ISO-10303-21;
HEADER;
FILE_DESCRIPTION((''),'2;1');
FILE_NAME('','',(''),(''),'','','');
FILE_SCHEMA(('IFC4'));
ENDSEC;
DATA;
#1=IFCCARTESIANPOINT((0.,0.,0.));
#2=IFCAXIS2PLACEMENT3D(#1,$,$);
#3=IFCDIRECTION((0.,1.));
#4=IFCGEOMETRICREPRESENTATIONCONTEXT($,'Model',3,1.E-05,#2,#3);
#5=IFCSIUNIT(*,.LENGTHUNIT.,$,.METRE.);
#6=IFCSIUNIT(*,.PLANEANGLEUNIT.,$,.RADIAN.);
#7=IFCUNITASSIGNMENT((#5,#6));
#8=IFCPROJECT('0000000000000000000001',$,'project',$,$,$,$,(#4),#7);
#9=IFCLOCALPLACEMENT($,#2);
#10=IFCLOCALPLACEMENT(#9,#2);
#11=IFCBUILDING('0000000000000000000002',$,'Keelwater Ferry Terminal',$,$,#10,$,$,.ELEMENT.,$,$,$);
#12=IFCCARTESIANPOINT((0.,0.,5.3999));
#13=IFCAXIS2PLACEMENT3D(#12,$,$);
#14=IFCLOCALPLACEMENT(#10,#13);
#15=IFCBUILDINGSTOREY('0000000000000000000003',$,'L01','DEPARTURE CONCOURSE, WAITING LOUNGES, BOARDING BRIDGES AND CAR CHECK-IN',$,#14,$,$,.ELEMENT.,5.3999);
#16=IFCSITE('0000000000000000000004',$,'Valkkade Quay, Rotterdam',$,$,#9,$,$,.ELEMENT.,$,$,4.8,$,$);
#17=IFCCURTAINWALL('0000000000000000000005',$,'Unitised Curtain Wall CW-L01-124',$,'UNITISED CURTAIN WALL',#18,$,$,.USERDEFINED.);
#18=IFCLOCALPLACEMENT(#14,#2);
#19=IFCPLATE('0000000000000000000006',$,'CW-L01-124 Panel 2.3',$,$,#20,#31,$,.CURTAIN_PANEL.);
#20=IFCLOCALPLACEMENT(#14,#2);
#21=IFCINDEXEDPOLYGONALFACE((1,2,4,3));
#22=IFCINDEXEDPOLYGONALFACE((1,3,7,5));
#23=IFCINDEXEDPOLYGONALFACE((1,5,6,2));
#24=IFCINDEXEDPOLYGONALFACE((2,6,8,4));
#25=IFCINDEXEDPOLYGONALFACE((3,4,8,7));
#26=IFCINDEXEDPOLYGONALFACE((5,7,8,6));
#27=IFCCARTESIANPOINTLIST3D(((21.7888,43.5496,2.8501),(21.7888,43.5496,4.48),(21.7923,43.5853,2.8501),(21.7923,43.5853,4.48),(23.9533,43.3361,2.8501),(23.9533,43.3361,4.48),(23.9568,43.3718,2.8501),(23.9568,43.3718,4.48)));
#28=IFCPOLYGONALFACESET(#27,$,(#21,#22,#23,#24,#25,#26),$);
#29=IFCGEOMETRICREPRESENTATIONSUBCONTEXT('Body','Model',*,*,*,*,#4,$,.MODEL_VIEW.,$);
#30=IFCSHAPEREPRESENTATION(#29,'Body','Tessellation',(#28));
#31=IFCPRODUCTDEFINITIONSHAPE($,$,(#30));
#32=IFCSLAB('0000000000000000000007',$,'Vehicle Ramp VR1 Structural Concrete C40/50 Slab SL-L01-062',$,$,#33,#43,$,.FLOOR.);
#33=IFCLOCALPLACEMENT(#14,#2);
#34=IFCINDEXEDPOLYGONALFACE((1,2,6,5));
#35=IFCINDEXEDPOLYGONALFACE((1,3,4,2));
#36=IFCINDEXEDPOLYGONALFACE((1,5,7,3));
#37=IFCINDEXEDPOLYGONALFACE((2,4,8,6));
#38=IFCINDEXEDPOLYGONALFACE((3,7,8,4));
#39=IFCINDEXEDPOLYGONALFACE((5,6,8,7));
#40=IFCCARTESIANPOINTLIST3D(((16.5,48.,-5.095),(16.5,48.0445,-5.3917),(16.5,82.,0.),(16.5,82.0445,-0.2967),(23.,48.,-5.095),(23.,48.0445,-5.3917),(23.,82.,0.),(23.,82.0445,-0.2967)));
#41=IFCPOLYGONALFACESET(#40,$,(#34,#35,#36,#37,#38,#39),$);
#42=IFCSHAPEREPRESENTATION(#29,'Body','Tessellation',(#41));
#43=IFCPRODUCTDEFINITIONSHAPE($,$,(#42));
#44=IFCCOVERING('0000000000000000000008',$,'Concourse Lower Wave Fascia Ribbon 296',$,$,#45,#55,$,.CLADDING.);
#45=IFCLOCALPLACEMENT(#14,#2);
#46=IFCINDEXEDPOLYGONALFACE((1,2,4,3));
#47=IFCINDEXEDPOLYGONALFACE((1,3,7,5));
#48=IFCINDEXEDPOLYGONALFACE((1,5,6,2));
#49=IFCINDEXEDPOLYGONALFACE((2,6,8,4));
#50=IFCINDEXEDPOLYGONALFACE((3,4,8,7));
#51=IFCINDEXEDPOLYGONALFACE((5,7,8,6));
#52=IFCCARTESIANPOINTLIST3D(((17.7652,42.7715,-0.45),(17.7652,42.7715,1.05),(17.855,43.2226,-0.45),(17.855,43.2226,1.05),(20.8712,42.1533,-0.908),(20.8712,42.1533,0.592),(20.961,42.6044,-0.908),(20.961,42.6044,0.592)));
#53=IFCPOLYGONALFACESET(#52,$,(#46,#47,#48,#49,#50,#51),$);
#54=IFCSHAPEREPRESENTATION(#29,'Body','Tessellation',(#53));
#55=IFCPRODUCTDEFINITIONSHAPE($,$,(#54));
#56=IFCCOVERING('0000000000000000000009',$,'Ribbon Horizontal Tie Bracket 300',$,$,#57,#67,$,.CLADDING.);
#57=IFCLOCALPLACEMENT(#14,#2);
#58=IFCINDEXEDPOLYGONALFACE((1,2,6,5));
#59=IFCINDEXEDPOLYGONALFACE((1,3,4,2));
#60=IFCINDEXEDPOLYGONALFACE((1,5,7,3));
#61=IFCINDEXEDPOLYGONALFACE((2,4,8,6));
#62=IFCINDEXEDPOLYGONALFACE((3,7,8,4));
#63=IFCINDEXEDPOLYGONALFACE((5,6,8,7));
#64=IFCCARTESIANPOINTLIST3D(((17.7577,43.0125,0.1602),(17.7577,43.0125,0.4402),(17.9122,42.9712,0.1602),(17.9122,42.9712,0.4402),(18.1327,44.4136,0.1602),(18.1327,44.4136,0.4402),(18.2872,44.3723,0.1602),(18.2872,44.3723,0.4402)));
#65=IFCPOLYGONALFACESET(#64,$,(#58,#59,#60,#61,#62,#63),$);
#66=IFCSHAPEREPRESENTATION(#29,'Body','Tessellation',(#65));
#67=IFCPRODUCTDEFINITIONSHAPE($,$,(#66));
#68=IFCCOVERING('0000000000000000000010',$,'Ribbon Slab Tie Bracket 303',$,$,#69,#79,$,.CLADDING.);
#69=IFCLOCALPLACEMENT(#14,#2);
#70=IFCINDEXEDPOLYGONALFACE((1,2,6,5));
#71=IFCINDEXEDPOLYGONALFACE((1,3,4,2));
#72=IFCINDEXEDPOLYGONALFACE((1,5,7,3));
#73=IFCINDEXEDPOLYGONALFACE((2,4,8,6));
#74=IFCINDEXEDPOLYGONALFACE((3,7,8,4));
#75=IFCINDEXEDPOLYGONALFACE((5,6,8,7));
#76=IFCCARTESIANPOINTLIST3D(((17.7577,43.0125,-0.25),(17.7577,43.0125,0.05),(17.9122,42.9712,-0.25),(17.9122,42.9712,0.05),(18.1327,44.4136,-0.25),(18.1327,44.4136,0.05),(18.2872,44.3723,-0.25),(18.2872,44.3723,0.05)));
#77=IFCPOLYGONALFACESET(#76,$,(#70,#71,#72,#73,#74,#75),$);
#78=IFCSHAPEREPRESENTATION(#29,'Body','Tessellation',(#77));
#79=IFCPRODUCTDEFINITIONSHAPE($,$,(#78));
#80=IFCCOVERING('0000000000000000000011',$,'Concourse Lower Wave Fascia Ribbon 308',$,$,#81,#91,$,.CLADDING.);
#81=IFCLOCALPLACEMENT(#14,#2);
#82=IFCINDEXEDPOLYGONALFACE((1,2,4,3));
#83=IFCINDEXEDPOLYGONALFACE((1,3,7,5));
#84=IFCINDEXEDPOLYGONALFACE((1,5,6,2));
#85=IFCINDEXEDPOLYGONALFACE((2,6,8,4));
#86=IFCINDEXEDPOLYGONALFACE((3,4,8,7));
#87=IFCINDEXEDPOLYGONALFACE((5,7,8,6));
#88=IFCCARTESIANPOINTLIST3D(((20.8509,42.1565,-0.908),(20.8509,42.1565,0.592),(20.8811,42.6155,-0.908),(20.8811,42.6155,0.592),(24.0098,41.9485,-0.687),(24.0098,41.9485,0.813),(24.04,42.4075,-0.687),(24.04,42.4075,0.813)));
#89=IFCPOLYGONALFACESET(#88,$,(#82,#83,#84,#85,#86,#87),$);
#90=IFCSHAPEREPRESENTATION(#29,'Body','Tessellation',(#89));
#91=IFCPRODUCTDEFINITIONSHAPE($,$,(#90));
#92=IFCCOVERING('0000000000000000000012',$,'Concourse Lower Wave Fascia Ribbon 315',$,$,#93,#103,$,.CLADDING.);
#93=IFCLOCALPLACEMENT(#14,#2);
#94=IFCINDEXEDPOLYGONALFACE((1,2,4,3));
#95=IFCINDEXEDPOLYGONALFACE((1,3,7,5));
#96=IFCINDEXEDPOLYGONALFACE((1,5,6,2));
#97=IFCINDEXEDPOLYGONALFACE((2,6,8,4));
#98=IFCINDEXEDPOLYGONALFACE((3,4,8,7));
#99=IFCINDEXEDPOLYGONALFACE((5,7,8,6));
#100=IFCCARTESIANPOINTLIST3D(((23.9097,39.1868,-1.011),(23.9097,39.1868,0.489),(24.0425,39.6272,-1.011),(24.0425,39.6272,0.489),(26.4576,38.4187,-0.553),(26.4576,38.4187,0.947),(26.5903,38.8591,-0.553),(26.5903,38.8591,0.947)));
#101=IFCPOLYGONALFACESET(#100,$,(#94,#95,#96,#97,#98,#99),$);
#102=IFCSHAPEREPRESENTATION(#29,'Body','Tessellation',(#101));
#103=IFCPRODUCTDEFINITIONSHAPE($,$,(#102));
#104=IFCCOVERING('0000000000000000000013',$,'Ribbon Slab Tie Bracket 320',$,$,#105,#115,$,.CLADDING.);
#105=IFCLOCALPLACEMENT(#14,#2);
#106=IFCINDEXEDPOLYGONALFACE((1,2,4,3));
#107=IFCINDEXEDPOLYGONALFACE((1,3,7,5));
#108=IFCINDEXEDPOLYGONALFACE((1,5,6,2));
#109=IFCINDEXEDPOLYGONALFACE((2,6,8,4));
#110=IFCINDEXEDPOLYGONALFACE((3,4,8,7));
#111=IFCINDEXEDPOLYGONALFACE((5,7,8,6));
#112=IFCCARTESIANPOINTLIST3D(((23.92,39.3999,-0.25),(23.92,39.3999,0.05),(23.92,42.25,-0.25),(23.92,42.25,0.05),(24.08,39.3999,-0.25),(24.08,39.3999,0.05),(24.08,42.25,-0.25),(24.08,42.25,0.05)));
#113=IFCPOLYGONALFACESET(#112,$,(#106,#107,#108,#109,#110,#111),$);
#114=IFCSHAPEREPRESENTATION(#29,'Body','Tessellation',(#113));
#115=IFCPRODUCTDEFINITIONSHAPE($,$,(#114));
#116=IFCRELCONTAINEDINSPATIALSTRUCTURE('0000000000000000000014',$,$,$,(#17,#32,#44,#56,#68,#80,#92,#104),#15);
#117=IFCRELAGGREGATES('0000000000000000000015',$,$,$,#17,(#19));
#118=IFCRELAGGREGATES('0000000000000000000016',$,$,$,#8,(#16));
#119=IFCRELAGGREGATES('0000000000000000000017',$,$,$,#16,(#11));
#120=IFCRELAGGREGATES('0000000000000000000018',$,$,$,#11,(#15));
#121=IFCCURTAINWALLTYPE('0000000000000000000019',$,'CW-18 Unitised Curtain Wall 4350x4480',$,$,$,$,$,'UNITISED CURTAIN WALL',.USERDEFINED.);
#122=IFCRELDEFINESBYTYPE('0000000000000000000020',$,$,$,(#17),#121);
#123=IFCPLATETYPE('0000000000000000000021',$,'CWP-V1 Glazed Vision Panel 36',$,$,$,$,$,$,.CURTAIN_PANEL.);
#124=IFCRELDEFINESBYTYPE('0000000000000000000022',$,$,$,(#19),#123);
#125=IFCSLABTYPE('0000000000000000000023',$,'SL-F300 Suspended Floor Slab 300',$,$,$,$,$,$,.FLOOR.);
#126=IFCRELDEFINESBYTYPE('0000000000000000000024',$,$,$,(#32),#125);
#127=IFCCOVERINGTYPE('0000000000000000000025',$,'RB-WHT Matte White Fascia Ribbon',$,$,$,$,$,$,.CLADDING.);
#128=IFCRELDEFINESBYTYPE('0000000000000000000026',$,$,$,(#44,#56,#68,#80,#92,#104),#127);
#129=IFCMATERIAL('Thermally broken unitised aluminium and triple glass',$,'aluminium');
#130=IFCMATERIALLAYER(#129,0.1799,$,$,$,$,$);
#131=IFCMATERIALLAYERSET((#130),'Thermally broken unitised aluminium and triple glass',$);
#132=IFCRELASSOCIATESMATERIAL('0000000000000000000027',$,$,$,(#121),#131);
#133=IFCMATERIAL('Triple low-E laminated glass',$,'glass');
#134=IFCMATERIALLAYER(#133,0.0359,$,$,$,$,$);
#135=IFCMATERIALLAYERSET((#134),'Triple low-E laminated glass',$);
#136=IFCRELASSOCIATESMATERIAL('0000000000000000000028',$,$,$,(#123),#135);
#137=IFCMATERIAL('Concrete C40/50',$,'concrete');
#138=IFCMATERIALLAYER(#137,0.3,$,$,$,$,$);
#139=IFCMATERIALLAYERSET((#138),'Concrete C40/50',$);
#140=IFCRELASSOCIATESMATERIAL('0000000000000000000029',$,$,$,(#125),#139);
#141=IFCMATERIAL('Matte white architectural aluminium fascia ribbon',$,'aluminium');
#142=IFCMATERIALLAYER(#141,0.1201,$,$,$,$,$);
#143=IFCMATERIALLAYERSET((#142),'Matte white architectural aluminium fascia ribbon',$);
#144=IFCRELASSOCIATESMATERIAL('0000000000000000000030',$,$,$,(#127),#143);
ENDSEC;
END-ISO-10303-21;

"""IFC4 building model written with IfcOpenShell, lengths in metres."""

from ifc_helpers import new_model, si_unit, direction, frame, frame_2d, origin, origin_with_axes, origin_2d, place, context, subcontext, project, spatial, polyline, rectangle, outline, extrude, material, layer, layer_set, type_object, element, aggregate, save


model = new_model("IFC4")

# Units and contexts
model_context = context("Model", 3, precision=1e-05, world=origin(), true_north=direction((0.0, 1.0)))
body_context = subcontext(model_context, "Body", "Model", "MODEL_VIEW")
ifc_project = project(units=[si_unit("LENGTHUNIT", "METRE"), si_unit("PLANEANGLEUNIT", "RADIAN")], contexts=[model_context])

# Site, building, storey
site_placement = place(None, origin())
site = spatial("IfcSite", under=ifc_project, at=site_placement, Name="Valkkade Quay, Rotterdam", CompositionType="ELEMENT", RefElevation=4.8)
building_placement = place(site_placement, origin())
building = spatial("IfcBuilding", under=site, at=building_placement, Name="Keelwater Ferry Terminal", CompositionType="ELEMENT")
storey_placement = place(building_placement, frame((0.0, 0.0, 5.3999)))
storey = spatial("IfcBuildingStorey", under=building, at=storey_placement, Name="L01", Description="DEPARTURE CONCOURSE, WAITING LOUNGES, BOARDING BRIDGES AND CAR CHECK-IN", CompositionType="ELEMENT", Elevation=5.3999)

# Curtain wall
ifc_material_1 = material(Name="Thermally broken unitised aluminium and triple glass", Category="aluminium")
ifc_layer_1 = layer(ifc_material_1, 0.1799)
ifc_layer_set_1 = layer_set([ifc_layer_1], Name="Thermally broken unitised aluminium and triple glass")
curtain_wall_type = type_object("IfcCurtainWallType", Name="CW-18 Unitised Curtain Wall 4350x4480", ElementType="UNITISED CURTAIN WALL", PredefinedType="USERDEFINED", material=ifc_layer_set_1)
curtain_wall_1_placement = place(storey_placement, origin())
curtain_wall_1 = element("IfcCurtainWall", 1, at=curtain_wall_1_placement, inside=storey, type_object=curtain_wall_type, Name="Unitised Curtain Wall CW-L01-124", ObjectType="UNITISED CURTAIN WALL", PredefinedType="USERDEFINED")

# Plate
ifc_material_2 = material(Name="Triple low-E laminated glass", Category="glass")
ifc_layer_2 = layer(ifc_material_2, 0.0359)
ifc_layer_set_2 = layer_set([ifc_layer_2], Name="Triple low-E laminated glass")
plate_type_1 = type_object("IfcPlateType", Name="CWP-V1 Glazed Vision Panel 36", PredefinedType="CURTAIN_PANEL", material=ifc_layer_set_2)
plate_1_placement = place(storey_placement, frame((22.8728, 43.4607, 2.8501), z_axis=(0.0, 0.0, 1.0), x_axis=(0.995171, -0.098161, 0.0)))
plate_1 = element("IfcPlate", 2, at=plate_1_placement, type_object=plate_type_1, Name="CW-L01-124 Panel 2.3", PredefinedType="CURTAIN_PANEL", context=body_context, shape_type="SweptSolid", body=[
    extrude(rectangle(XDim=2.175, YDim=0.0359, at=origin_2d()), origin(), (0.0, 0.0, 1.0), 1.6299),
])
aggregate(curtain_wall_1, [plate_1])

# Slab
ifc_material_3 = material(Name="Concrete C40/50", Category="concrete")
ifc_layer_3 = layer(ifc_material_3, 0.3)
ifc_layer_set_3 = layer_set([ifc_layer_3], Name="Concrete C40/50")
slab_type = type_object("IfcSlabType", Name="SL-F300 Suspended Floor Slab 300", PredefinedType="FLOOR", material=ifc_layer_set_3)
slab_placement = place(storey_placement, frame((16.5, 48.0445, -5.3917), z_axis=(0.0, -0.148198, 0.988958), x_axis=(1.0, 0.0, 0.0)))
element("IfcSlab", 3, at=slab_placement, inside=storey, type_object=slab_type, Name="Vehicle Ramp VR1 Structural Concrete C40/50 Slab SL-L01-062", PredefinedType="FLOOR", context=body_context, shape_type="SweptSolid", body=[
    extrude(outline(polyline([(0.0, 0.0), (6.5, 0.0), (6.5, 34.3796), (0.0, 34.3796), (0.0, 0.0)])), origin_with_axes(), (0.0, 0.0, 1.0), 0.3),
])

# Coverings
ifc_material_4 = material(Name="Matte white architectural aluminium fascia ribbon", Category="aluminium")
ifc_layer_4 = layer(ifc_material_4, 0.1201)
ifc_layer_set_4 = layer_set([ifc_layer_4], Name="Matte white architectural aluminium fascia ribbon")
covering_type = type_object("IfcCoveringType", Name="RB-WHT Matte White Fascia Ribbon", PredefinedType="CLADDING", material=ifc_layer_set_4)
covering_1_placement = place(storey_placement, frame((17.8101, 42.9971, -0.908), z_axis=(0.0, 0.0, 1.0), x_axis=(0.980764, -0.195197, 0.0)))
element("IfcCovering", 4, at=covering_1_placement, inside=storey, type_object=covering_type, Name="Concourse Lower Wave Fascia Ribbon 296", PredefinedType="CLADDING", context=body_context, shape_type="SweptSolid", body=[
    extrude(outline(polyline([(0.0, 0.458), (3.167, 0.0), (3.167, 1.5), (0.0, 1.958), (0.0, 0.458)])), frame((0.0, 0.23, 0.0), z_axis=(0.0, -1.0, 0.0), x_axis=(1.0, 0.0, 0.0)), (0.0, 0.0, 1.0), 0.46),
])
covering_2_placement = place(storey_placement, frame((17.835, 42.9919, 0.1602), z_axis=(0.0, 0.0, 1.0), x_axis=(0.258543, 0.966, 0.0)))
element("IfcCovering", 5, at=covering_2_placement, inside=storey, type_object=covering_type, Name="Ribbon Horizontal Tie Bracket 300", PredefinedType="CLADDING", context=body_context, shape_type="SweptSolid", body=[
    extrude(rectangle(XDim=1.4504, YDim=0.1599, at=frame_2d((0.7251, 0.0))), origin(), (0.0, 0.0, 1.0), 0.28),
])
covering_3_placement = place(storey_placement, frame((17.835, 42.9919, -0.25), z_axis=(0.0, 0.0, 1.0), x_axis=(0.258543, 0.966, 0.0)))
element("IfcCovering", 6, at=covering_3_placement, inside=storey, type_object=covering_type, Name="Ribbon Slab Tie Bracket 303", PredefinedType="CLADDING", context=body_context, shape_type="SweptSolid", body=[
    extrude(rectangle(XDim=1.4504, YDim=0.1599, at=frame_2d((0.7251, 0.0))), origin(), (0.0, 0.0, 1.0), 0.3),
])
covering_4_placement = place(storey_placement, frame((20.866, 42.386, -0.908), z_axis=(0.0, 0.0, 1.0), x_axis=(0.997839, -0.065705, 0.0)))
element("IfcCovering", 7, at=covering_4_placement, inside=storey, type_object=covering_type, Name="Concourse Lower Wave Fascia Ribbon 308", PredefinedType="CLADDING", context=body_context, shape_type="SweptSolid", body=[
    extrude(outline(polyline([(0.0, 0.0), (3.1658, 0.2209), (3.1658, 1.7209), (0.0, 1.5), (0.0, 0.0)])), frame((0.0, 0.23, 0.0), z_axis=(0.0, -1.0, 0.0), x_axis=(1.0, 0.0, 0.0)), (0.0, 0.0, 1.0), 0.46),
])
covering_5_placement = place(storey_placement, frame((23.9761, 39.407, -1.011), z_axis=(0.0, 0.0, 1.0), x_axis=(0.957442, -0.288627, 0.0)))
element("IfcCovering", 8, at=covering_5_placement, inside=storey, type_object=covering_type, Name="Concourse Lower Wave Fascia Ribbon 315", PredefinedType="CLADDING", context=body_context, shape_type="SweptSolid", body=[
    extrude(outline(polyline([(0.0, 0.0), (2.6611, 0.458), (2.6611, 1.958), (0.0, 1.5), (0.0, 0.0)])), frame((0.0, 0.23, 0.0), z_axis=(0.0, -1.0, 0.0), x_axis=(1.0, 0.0, 0.0)), (0.0, 0.0, 1.0), 0.46),
])
covering_6_placement = place(storey_placement, frame((24.0, 39.3999, -0.25), z_axis=(0.0, 0.0, 1.0), x_axis=(0.0, 1.0, 0.0)))
element("IfcCovering", 9, at=covering_6_placement, inside=storey, type_object=covering_type, Name="Ribbon Slab Tie Bracket 320", PredefinedType="CLADDING", context=body_context, shape_type="SweptSolid", body=[
    extrude(rectangle(XDim=2.8501, YDim=0.1599, at=frame_2d((1.425, 0.0))), origin(), (0.0, 0.0, 1.0), 0.3),
])

save(model, "model.ifc")
